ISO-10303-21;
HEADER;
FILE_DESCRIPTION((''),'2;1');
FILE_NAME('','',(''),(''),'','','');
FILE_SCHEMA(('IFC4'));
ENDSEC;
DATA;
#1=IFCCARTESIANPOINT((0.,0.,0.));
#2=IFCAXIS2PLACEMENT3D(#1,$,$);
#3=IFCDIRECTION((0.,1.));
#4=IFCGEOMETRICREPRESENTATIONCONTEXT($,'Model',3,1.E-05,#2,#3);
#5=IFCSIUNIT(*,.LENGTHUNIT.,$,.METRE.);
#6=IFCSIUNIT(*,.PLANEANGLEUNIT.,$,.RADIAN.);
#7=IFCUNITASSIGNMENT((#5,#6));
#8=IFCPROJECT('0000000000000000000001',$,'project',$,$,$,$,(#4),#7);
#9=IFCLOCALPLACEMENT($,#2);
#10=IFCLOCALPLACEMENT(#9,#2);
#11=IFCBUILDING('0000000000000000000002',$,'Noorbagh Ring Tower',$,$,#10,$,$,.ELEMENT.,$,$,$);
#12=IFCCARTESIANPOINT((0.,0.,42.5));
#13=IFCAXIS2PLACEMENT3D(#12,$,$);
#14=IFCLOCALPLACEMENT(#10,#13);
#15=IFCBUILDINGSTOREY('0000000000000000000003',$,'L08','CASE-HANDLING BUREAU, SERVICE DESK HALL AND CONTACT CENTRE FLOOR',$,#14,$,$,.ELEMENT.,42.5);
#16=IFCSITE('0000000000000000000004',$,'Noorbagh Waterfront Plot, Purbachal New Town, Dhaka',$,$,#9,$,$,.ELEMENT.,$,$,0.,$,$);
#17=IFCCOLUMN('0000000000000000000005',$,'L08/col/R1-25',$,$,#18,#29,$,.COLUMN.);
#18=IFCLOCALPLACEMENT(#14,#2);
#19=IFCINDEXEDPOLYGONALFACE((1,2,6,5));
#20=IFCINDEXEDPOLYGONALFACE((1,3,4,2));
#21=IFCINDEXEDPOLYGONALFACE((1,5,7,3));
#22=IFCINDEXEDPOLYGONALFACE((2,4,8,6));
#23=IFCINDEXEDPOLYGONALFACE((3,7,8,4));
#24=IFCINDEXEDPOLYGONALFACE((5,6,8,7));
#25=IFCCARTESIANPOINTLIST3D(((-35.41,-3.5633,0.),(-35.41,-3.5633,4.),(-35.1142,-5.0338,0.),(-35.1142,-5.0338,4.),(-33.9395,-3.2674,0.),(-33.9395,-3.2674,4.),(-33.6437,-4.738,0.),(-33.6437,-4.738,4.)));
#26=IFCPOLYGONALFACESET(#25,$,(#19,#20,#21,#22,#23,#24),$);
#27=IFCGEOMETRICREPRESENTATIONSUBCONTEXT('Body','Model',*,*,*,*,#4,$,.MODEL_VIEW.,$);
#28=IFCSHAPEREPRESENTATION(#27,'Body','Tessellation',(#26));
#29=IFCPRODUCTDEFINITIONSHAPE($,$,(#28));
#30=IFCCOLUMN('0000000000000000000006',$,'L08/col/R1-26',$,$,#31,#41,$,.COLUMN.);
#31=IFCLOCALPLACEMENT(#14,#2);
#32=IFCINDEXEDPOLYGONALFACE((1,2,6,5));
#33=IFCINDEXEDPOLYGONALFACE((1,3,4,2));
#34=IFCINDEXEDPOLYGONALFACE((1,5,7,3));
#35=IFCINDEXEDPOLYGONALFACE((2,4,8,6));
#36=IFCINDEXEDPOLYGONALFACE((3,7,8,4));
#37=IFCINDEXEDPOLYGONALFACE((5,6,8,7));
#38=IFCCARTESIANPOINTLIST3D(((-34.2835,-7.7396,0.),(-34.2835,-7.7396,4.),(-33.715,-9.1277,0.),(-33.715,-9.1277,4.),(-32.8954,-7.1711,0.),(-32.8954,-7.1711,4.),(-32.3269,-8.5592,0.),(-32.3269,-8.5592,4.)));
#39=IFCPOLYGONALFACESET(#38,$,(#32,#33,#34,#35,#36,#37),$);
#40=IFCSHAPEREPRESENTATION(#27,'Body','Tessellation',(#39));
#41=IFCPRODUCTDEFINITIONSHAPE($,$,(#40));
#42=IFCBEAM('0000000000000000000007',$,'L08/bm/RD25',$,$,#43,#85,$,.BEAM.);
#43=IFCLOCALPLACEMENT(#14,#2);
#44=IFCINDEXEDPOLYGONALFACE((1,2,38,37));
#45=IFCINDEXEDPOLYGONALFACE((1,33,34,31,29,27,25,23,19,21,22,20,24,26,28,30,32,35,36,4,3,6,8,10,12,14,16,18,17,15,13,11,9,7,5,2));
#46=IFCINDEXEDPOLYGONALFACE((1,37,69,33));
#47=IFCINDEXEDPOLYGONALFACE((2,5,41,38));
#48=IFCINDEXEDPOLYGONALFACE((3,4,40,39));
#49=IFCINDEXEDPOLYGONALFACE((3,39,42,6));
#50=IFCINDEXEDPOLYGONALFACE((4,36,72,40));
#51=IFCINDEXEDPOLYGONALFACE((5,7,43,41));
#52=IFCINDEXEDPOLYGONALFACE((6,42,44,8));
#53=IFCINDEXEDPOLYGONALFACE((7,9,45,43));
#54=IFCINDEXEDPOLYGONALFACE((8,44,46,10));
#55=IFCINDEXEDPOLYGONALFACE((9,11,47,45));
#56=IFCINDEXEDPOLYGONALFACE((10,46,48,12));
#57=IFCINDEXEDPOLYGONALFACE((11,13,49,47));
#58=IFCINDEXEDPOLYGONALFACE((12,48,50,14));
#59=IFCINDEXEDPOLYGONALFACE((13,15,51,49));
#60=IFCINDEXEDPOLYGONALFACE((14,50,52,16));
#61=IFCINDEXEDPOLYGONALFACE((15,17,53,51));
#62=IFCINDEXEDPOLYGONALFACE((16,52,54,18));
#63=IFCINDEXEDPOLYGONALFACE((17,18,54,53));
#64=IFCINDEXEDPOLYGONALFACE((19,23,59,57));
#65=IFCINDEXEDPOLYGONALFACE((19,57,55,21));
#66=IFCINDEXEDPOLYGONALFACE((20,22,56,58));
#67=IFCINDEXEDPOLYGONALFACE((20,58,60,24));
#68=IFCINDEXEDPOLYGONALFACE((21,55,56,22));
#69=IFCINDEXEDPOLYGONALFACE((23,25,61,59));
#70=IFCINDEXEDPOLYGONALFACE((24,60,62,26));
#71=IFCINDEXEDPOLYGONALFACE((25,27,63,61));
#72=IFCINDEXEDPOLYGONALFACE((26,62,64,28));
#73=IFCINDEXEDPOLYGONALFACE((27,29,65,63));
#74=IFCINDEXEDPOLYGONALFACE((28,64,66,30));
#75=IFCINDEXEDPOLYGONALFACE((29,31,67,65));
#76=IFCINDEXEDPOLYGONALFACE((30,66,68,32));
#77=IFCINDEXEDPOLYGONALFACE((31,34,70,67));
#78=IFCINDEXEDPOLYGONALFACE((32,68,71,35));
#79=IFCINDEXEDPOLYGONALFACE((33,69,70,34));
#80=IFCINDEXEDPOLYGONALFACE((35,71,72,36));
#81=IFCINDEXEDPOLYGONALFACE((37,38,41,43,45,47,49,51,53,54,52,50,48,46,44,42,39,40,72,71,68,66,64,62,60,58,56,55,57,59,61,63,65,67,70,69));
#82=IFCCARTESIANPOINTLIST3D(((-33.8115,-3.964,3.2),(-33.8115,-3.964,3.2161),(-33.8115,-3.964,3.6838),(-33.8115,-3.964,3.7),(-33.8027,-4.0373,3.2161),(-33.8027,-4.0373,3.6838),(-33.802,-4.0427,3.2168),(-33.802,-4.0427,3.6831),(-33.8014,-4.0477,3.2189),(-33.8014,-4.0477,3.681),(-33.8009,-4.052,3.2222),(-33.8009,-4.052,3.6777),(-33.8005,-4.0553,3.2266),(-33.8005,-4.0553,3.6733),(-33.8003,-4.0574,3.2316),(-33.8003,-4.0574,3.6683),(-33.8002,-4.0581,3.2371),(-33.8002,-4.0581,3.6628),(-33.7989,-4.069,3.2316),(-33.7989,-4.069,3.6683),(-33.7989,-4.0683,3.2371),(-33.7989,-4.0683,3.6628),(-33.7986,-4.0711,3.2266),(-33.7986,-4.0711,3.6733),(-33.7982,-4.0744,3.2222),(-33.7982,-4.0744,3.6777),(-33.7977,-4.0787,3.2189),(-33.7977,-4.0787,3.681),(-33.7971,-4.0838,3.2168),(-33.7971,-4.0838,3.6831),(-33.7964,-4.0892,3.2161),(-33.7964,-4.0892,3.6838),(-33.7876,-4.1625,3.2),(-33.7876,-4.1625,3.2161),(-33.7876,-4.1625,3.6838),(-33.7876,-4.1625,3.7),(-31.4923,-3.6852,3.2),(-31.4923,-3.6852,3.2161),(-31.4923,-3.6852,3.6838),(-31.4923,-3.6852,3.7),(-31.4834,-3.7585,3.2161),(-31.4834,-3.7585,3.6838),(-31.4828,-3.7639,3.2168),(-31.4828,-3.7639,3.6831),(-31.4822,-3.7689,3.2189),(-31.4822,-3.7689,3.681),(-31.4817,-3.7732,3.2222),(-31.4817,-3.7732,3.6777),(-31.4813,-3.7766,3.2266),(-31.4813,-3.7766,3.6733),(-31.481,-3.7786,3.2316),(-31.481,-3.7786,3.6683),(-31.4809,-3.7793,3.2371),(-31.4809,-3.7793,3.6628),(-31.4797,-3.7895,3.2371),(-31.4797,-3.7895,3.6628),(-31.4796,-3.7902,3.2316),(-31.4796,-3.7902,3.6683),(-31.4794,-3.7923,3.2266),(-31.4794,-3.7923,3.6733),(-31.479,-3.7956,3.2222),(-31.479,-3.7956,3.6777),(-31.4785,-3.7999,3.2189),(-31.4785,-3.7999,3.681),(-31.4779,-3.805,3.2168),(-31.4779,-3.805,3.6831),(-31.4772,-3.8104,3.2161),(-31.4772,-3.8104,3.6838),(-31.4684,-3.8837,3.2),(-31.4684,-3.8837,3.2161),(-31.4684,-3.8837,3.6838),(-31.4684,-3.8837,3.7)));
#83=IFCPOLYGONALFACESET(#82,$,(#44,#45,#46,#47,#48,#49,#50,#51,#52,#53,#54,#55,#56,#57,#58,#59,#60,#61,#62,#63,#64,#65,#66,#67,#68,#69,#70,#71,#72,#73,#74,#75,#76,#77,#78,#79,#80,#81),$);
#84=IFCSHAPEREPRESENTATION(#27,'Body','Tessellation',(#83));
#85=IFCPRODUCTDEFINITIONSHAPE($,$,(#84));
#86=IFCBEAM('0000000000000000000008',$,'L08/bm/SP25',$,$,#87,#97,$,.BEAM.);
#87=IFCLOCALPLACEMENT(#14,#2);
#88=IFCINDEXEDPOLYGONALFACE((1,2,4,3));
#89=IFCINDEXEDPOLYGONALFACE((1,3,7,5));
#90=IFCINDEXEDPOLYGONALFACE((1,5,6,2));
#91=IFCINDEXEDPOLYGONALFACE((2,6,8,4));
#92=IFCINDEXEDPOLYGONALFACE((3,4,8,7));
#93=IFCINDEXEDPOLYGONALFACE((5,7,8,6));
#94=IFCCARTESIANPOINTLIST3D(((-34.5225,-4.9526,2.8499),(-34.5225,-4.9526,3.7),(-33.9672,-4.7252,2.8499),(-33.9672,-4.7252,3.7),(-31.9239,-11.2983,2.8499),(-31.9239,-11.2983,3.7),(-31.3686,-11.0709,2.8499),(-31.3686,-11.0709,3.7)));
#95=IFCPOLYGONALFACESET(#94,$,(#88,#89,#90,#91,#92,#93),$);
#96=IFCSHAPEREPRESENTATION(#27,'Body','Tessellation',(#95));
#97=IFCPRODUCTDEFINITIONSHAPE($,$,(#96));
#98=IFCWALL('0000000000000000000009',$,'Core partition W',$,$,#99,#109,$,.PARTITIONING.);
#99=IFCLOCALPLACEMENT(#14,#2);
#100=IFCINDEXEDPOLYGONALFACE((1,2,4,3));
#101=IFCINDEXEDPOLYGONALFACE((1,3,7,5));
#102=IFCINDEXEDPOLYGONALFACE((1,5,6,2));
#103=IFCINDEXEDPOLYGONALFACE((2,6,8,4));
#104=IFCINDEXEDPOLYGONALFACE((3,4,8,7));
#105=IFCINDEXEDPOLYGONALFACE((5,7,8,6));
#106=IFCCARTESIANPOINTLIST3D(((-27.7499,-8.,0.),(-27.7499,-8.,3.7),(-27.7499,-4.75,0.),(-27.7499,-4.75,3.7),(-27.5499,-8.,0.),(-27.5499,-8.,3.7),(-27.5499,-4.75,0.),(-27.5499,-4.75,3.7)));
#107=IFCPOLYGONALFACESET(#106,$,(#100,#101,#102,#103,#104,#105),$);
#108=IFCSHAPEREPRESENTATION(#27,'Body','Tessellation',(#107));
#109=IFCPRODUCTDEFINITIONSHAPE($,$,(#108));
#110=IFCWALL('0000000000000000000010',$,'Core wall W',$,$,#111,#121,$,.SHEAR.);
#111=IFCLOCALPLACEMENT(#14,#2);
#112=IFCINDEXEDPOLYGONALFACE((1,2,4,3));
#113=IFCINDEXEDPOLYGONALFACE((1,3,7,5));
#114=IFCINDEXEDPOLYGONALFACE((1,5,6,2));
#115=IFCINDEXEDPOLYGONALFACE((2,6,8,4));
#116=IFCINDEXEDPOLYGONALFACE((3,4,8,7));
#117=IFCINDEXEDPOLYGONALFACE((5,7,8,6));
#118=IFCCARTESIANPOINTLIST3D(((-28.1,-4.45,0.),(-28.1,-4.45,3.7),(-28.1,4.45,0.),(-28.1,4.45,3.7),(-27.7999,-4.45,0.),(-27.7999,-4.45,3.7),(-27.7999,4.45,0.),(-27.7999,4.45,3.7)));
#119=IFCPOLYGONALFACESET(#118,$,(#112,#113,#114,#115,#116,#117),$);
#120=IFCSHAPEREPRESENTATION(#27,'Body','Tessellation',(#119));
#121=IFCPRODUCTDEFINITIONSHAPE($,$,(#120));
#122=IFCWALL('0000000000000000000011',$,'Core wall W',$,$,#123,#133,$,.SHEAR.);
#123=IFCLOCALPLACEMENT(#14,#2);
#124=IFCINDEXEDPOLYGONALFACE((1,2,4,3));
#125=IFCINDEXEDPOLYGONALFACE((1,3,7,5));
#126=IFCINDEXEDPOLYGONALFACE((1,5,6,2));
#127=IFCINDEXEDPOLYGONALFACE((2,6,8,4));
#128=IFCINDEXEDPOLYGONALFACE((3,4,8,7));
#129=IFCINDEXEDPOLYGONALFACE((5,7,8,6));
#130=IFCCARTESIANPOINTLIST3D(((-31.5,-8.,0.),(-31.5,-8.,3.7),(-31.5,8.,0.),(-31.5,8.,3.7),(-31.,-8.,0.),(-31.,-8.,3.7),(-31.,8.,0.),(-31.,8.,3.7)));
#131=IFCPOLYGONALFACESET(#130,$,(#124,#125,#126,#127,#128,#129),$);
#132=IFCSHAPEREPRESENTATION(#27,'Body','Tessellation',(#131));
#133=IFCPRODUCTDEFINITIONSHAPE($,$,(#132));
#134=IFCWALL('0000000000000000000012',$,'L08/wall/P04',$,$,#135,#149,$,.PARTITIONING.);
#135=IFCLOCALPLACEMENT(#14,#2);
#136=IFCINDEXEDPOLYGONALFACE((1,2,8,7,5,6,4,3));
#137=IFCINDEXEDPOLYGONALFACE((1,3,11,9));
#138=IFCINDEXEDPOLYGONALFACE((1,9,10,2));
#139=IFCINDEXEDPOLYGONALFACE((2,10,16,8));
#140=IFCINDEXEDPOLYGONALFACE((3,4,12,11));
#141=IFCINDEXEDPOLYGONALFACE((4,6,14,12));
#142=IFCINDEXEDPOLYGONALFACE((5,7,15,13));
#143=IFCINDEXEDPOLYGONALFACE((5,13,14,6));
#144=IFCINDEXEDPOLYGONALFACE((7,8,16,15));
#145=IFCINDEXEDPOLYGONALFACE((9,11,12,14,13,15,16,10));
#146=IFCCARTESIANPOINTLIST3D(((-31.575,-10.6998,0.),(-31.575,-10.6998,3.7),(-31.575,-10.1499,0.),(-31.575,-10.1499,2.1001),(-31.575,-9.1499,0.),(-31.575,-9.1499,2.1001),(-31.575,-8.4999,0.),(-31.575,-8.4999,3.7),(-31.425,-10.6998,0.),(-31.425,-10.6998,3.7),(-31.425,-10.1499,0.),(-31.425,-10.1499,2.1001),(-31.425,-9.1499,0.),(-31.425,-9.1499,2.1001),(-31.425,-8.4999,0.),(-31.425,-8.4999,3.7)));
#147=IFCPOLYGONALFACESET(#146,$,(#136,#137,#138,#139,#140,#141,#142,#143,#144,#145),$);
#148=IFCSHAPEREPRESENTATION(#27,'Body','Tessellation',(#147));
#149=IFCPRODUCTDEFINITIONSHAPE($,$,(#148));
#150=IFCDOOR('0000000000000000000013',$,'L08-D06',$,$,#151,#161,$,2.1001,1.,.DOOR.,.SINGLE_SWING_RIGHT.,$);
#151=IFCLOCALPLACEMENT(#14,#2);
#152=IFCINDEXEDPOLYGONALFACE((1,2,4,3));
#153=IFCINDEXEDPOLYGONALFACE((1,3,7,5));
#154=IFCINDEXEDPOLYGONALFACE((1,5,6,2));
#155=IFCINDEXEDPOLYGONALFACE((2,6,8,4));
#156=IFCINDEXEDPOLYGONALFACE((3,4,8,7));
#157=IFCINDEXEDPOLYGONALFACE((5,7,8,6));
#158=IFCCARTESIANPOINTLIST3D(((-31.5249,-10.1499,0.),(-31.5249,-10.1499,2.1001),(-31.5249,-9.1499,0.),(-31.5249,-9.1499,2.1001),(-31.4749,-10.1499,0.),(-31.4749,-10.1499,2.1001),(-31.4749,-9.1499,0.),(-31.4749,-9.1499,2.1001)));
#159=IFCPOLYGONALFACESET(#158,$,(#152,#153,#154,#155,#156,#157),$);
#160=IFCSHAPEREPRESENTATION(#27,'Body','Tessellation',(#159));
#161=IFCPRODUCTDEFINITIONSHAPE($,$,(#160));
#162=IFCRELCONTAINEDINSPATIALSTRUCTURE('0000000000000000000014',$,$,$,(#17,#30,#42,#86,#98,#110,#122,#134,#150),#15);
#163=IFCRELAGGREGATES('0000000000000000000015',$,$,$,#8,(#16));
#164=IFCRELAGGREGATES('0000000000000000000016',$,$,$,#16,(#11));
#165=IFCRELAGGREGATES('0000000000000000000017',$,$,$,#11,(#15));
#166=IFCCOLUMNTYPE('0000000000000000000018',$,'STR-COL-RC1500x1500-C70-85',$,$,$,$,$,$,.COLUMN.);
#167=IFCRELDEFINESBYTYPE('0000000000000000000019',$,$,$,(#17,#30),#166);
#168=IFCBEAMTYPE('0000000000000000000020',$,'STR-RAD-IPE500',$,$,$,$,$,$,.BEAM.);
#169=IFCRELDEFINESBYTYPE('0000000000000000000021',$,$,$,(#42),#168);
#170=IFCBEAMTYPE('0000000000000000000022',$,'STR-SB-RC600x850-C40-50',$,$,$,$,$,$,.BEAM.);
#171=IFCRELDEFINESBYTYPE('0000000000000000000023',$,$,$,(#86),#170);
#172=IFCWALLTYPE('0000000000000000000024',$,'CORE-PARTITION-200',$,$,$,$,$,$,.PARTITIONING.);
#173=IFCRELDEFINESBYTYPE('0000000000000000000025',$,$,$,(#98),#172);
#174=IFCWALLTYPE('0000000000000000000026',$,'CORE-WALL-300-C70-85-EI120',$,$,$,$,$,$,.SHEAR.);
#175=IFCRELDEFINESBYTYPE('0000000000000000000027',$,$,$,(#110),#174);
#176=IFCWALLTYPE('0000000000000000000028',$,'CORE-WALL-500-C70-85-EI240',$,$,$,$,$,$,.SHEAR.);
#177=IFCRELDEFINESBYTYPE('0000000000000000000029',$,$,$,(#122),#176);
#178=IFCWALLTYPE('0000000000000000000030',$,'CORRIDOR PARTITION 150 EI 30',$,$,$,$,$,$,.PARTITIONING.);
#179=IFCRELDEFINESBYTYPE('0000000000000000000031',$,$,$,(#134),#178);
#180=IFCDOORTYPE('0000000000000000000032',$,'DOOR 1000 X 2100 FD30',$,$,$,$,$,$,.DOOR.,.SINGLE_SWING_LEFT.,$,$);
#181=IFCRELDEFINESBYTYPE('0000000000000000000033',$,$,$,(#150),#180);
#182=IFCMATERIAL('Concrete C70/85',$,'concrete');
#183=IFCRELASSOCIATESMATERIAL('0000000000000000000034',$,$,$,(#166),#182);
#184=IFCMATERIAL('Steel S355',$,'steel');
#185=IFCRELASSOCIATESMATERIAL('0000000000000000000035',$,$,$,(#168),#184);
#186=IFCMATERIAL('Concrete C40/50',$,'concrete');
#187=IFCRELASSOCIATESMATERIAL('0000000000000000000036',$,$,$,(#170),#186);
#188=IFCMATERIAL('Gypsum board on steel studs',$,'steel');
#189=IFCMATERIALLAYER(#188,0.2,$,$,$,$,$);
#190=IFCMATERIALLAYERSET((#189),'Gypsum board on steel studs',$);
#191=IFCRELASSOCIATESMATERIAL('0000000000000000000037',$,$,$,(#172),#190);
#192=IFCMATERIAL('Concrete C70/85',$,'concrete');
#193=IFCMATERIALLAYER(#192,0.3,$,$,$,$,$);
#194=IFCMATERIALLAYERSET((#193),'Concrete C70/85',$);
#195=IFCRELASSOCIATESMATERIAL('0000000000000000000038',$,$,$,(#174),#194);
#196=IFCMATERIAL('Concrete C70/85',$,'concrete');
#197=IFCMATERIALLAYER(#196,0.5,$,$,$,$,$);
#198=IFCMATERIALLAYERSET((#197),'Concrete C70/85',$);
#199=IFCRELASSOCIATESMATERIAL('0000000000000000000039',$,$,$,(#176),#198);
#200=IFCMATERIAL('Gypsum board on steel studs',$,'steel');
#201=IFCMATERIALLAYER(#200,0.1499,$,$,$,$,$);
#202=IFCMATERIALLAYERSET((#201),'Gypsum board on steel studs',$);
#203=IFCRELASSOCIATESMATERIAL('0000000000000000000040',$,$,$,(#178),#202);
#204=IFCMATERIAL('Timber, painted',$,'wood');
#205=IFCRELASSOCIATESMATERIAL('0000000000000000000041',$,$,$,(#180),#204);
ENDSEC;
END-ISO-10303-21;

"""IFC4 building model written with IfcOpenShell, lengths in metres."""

from ifc_helpers import new_model, si_unit, direction, frame, frame_2d, origin, origin_2d, place, context, subcontext, project, spatial, rectangle, i_section, extrude, material, layer, layer_set, material_profile, profile_set, type_object, element, fill, save


model = new_model("IFC4")

# Units and contexts
model_context = context("Model", 3, precision=1e-05, world=origin(), true_north=direction((0.0, 1.0)))
body_context = subcontext(model_context, "Body", "Model", "MODEL_VIEW")
ifc_project = project(units=[si_unit("LENGTHUNIT", "METRE"), si_unit("PLANEANGLEUNIT", "RADIAN")], contexts=[model_context])

# Site, building, storey
site_placement = place(None, origin())
site = spatial("IfcSite", under=ifc_project, at=site_placement, Name="Noorbagh Waterfront Plot, Purbachal New Town, Dhaka", CompositionType="ELEMENT", RefElevation=0.0)
building_placement = place(site_placement, origin())
building = spatial("IfcBuilding", under=site, at=building_placement, Name="Noorbagh Ring Tower", CompositionType="ELEMENT")
storey_placement = place(building_placement, frame((0.0, 0.0, 42.5)))
storey = spatial("IfcBuildingStorey", under=building, at=storey_placement, Name="L08", Description="CASE-HANDLING BUREAU, SERVICE DESK HALL AND CONTACT CENTRE FLOOR", CompositionType="ELEMENT", Elevation=42.5)

# Columns
ifc_material_1 = material(Name="Concrete C70/85", Category="concrete")
ifc_material_profile_1 = material_profile(ifc_material_1, rectangle(XDim=1.5, YDim=1.5, at=origin_2d()), Name="RC1500x1500")
ifc_profile_set_1 = profile_set([ifc_material_profile_1], Name="Concrete C70/85")
column_type = type_object("IfcColumnType", Name="STR-COL-RC1500x1500-C70-85", PredefinedType="COLUMN", material=ifc_profile_set_1)
for number, where, z_axis, x_axis, name in (
    (1, (-34.5269, -4.1506, 0.0), (0.0, 0.0, 1.0), (0.19723, -0.980357, 0.0), "L08/col/R1-25"),
    (2, (-33.3052, -8.1494, 0.0), (0.0, 0.0, 1.0), (0.378989, -0.925401, 0.0), "L08/col/R1-26"),
):
    element("IfcColumn", number, at=place(storey_placement, frame(where, z_axis=z_axis, x_axis=x_axis)), inside=storey, type_object=column_type, Name=name, PredefinedType="COLUMN", context=body_context, shape_type="SweptSolid", body=[
        extrude(rectangle(XDim=1.5, YDim=1.5, at=origin_2d()), origin(), (0.0, 0.0, 1.0), 4.0),
    ])

# Beams
ifc_material_2 = material(Name="Steel S355", Category="steel")
ifc_material_profile_2 = material_profile(ifc_material_2, i_section(OverallWidth=0.2, OverallDepth=0.5, WebThickness=0.0103, FlangeThickness=0.0161, FilletRadius=0.021, at=origin_2d()), Name="IPE500")
ifc_profile_set_2 = profile_set([ifc_material_profile_2], Name="Steel S355")
beam_type_1 = type_object("IfcBeamType", Name="STR-RAD-IPE500", PredefinedType="BEAM", material=ifc_profile_set_2)
beam_1_placement = place(storey_placement, frame((-33.7996, -4.0632, 3.45), z_axis=(0.992852, 0.119351, 0.0), x_axis=(-0.119351, 0.992852, 0.0)))
element("IfcBeam", 3, at=beam_1_placement, inside=storey, type_object=beam_type_1, Name="L08/bm/RD25", PredefinedType="BEAM", context=body_context, shape_type="SweptSolid", body=[
    extrude(i_section(OverallWidth=0.2, OverallDepth=0.5, WebThickness=0.0103, FlangeThickness=0.0161, FilletRadius=0.021, at=origin_2d()), origin(), (0.0, 0.0, 1.0), 2.3359),
])
ifc_material_3 = material(Name="Concrete C40/50", Category="concrete")
ifc_material_profile_3 = material_profile(ifc_material_3, rectangle(XDim=0.6001, YDim=0.8501, at=origin_2d()), Name="RC600x850")
ifc_profile_set_3 = profile_set([ifc_material_profile_3], Name="Concrete C40/50")
beam_type_2 = type_object("IfcBeamType", Name="STR-SB-RC600x850-C40-50", PredefinedType="BEAM", material=ifc_profile_set_3)
beam_2_placement = place(storey_placement, frame((-34.2449, -4.8389, 3.2749), z_axis=(0.378966, -0.925411, 0.0), x_axis=(0.925411, 0.378966, 0.0)))
element("IfcBeam", 4, at=beam_2_placement, inside=storey, type_object=beam_type_2, Name="L08/bm/SP25", PredefinedType="BEAM", context=body_context, shape_type="SweptSolid", body=[
    extrude(rectangle(XDim=0.6001, YDim=0.8501, at=origin_2d()), origin(), (0.0, 0.0, 1.0), 6.8572),
])

# Walls
ifc_material_4 = material(Name="Gypsum board on steel studs", Category="steel")
ifc_layer_1 = layer(ifc_material_4, 0.2)
ifc_layer_set_1 = layer_set([ifc_layer_1], Name="Gypsum board on steel studs")
wall_type_1 = type_object("IfcWallType", Name="CORE-PARTITION-200", PredefinedType="PARTITIONING", material=ifc_layer_set_1)
wall_1_placement = place(storey_placement, frame((-27.6499, -8.0, 0.0), z_axis=(0.0, 0.0, 1.0), x_axis=(0.0, 1.0, 0.0)))
element("IfcWall", 5, at=wall_1_placement, inside=storey, type_object=wall_type_1, Name="Core partition W", PredefinedType="PARTITIONING", context=body_context, shape_type="SweptSolid", body=[
    extrude(rectangle(XDim=3.25, YDim=0.2, at=frame_2d((1.625, 0.0))), origin(), (0.0, 0.0, 1.0), 3.7),
])
ifc_material_5 = material(Name="Concrete C70/85", Category="concrete")
ifc_layer_2 = layer(ifc_material_5, 0.3)
ifc_layer_set_2 = layer_set([ifc_layer_2], Name="Concrete C70/85")
wall_type_2 = type_object("IfcWallType", Name="CORE-WALL-300-C70-85-EI120", PredefinedType="SHEAR", material=ifc_layer_set_2)
wall_2_placement = place(storey_placement, frame((-27.95, -4.45, 0.0), z_axis=(0.0, 0.0, 1.0), x_axis=(0.0, 1.0, 0.0)))
element("IfcWall", 6, at=wall_2_placement, inside=storey, type_object=wall_type_2, Name="Core wall W", PredefinedType="SHEAR", context=body_context, shape_type="SweptSolid", body=[
    extrude(rectangle(XDim=8.8999, YDim=0.3, at=frame_2d((4.45, 0.0))), origin(), (0.0, 0.0, 1.0), 3.7),
])
ifc_material_6 = material(Name="Concrete C70/85", Category="concrete")
ifc_layer_3 = layer(ifc_material_6, 0.5)
ifc_layer_set_3 = layer_set([ifc_layer_3], Name="Concrete C70/85")
wall_type_3 = type_object("IfcWallType", Name="CORE-WALL-500-C70-85-EI240", PredefinedType="SHEAR", material=ifc_layer_set_3)
wall_3_placement = place(storey_placement, frame((-31.25, -8.0, 0.0), z_axis=(0.0, 0.0, 1.0), x_axis=(0.0, 1.0, 0.0)))
element("IfcWall", 7, at=wall_3_placement, inside=storey, type_object=wall_type_3, Name="Core wall W", PredefinedType="SHEAR", context=body_context, shape_type="SweptSolid", body=[
    extrude(rectangle(XDim=16.0, YDim=0.5, at=frame_2d((8.0, 0.0))), origin(), (0.0, 0.0, 1.0), 3.7),
])

# Wall, opening, door
ifc_material_7 = material(Name="Gypsum board on steel studs", Category="steel")
ifc_layer_4 = layer(ifc_material_7, 0.1499)
ifc_layer_set_4 = layer_set([ifc_layer_4], Name="Gypsum board on steel studs")
wall_type_4 = type_object("IfcWallType", Name="CORRIDOR PARTITION 150 EI 30", PredefinedType="PARTITIONING", material=ifc_layer_set_4)
wall_4_placement = place(storey_placement, frame((-31.5, -10.7, 0.0), z_axis=(0.0, 0.0, 1.0), x_axis=(0.0, 1.0, 0.0)))
wall_4 = element("IfcWall", 8, at=wall_4_placement, inside=storey, type_object=wall_type_4, Name="L08/wall/P04", PredefinedType="PARTITIONING", context=body_context, shape_type="SweptSolid", body=[
    extrude(rectangle(XDim=2.2, YDim=0.1499, at=frame_2d((1.1001, 0.0))), origin(), (0.0, 0.0, 1.0), 3.7),
])
opening_1_placement = place(wall_4_placement, frame((0.55, 0.0, 0.0)))
opening_1 = element("IfcOpeningElement", 9, at=opening_1_placement, cuts=wall_4, PredefinedType="OPENING", context=body_context, shape_type="SweptSolid", body=[
    extrude(rectangle(XDim=1.0, YDim=2.1001, at=frame_2d((0.5, 1.05))), frame((0.0, 0.085, 0.0), z_axis=(0.0, -1.0, 0.0), x_axis=(1.0, 0.0, 0.0)), (0.0, 0.0, 1.0), 0.1699),
])
ifc_material_8 = material(Name="Timber, painted", Category="wood")
door_type = type_object("IfcDoorType", Name="DOOR 1000 X 2100 FD30", OperationType="SINGLE_SWING_LEFT", PredefinedType="DOOR", material=ifc_material_8)
door_1_placement = place(opening_1_placement, origin())
door_1 = element("IfcDoor", 10, at=door_1_placement, inside=storey, type_object=door_type, Name="L08-D06", OperationType="SINGLE_SWING_RIGHT", OverallHeight=2.1001, OverallWidth=1.0, PredefinedType="DOOR", context=body_context, shape_type="SweptSolid", body=[
    extrude(rectangle(XDim=1.0, YDim=2.1001, at=frame_2d((0.5, 1.05))), frame((0.0, 0.0249, 0.0), z_axis=(0.0, -1.0, 0.0), x_axis=(1.0, 0.0, 0.0)), (0.0, 0.0, 1.0), 0.05),
])
fill(opening_1, door_1)

save(model, "model.ifc")
